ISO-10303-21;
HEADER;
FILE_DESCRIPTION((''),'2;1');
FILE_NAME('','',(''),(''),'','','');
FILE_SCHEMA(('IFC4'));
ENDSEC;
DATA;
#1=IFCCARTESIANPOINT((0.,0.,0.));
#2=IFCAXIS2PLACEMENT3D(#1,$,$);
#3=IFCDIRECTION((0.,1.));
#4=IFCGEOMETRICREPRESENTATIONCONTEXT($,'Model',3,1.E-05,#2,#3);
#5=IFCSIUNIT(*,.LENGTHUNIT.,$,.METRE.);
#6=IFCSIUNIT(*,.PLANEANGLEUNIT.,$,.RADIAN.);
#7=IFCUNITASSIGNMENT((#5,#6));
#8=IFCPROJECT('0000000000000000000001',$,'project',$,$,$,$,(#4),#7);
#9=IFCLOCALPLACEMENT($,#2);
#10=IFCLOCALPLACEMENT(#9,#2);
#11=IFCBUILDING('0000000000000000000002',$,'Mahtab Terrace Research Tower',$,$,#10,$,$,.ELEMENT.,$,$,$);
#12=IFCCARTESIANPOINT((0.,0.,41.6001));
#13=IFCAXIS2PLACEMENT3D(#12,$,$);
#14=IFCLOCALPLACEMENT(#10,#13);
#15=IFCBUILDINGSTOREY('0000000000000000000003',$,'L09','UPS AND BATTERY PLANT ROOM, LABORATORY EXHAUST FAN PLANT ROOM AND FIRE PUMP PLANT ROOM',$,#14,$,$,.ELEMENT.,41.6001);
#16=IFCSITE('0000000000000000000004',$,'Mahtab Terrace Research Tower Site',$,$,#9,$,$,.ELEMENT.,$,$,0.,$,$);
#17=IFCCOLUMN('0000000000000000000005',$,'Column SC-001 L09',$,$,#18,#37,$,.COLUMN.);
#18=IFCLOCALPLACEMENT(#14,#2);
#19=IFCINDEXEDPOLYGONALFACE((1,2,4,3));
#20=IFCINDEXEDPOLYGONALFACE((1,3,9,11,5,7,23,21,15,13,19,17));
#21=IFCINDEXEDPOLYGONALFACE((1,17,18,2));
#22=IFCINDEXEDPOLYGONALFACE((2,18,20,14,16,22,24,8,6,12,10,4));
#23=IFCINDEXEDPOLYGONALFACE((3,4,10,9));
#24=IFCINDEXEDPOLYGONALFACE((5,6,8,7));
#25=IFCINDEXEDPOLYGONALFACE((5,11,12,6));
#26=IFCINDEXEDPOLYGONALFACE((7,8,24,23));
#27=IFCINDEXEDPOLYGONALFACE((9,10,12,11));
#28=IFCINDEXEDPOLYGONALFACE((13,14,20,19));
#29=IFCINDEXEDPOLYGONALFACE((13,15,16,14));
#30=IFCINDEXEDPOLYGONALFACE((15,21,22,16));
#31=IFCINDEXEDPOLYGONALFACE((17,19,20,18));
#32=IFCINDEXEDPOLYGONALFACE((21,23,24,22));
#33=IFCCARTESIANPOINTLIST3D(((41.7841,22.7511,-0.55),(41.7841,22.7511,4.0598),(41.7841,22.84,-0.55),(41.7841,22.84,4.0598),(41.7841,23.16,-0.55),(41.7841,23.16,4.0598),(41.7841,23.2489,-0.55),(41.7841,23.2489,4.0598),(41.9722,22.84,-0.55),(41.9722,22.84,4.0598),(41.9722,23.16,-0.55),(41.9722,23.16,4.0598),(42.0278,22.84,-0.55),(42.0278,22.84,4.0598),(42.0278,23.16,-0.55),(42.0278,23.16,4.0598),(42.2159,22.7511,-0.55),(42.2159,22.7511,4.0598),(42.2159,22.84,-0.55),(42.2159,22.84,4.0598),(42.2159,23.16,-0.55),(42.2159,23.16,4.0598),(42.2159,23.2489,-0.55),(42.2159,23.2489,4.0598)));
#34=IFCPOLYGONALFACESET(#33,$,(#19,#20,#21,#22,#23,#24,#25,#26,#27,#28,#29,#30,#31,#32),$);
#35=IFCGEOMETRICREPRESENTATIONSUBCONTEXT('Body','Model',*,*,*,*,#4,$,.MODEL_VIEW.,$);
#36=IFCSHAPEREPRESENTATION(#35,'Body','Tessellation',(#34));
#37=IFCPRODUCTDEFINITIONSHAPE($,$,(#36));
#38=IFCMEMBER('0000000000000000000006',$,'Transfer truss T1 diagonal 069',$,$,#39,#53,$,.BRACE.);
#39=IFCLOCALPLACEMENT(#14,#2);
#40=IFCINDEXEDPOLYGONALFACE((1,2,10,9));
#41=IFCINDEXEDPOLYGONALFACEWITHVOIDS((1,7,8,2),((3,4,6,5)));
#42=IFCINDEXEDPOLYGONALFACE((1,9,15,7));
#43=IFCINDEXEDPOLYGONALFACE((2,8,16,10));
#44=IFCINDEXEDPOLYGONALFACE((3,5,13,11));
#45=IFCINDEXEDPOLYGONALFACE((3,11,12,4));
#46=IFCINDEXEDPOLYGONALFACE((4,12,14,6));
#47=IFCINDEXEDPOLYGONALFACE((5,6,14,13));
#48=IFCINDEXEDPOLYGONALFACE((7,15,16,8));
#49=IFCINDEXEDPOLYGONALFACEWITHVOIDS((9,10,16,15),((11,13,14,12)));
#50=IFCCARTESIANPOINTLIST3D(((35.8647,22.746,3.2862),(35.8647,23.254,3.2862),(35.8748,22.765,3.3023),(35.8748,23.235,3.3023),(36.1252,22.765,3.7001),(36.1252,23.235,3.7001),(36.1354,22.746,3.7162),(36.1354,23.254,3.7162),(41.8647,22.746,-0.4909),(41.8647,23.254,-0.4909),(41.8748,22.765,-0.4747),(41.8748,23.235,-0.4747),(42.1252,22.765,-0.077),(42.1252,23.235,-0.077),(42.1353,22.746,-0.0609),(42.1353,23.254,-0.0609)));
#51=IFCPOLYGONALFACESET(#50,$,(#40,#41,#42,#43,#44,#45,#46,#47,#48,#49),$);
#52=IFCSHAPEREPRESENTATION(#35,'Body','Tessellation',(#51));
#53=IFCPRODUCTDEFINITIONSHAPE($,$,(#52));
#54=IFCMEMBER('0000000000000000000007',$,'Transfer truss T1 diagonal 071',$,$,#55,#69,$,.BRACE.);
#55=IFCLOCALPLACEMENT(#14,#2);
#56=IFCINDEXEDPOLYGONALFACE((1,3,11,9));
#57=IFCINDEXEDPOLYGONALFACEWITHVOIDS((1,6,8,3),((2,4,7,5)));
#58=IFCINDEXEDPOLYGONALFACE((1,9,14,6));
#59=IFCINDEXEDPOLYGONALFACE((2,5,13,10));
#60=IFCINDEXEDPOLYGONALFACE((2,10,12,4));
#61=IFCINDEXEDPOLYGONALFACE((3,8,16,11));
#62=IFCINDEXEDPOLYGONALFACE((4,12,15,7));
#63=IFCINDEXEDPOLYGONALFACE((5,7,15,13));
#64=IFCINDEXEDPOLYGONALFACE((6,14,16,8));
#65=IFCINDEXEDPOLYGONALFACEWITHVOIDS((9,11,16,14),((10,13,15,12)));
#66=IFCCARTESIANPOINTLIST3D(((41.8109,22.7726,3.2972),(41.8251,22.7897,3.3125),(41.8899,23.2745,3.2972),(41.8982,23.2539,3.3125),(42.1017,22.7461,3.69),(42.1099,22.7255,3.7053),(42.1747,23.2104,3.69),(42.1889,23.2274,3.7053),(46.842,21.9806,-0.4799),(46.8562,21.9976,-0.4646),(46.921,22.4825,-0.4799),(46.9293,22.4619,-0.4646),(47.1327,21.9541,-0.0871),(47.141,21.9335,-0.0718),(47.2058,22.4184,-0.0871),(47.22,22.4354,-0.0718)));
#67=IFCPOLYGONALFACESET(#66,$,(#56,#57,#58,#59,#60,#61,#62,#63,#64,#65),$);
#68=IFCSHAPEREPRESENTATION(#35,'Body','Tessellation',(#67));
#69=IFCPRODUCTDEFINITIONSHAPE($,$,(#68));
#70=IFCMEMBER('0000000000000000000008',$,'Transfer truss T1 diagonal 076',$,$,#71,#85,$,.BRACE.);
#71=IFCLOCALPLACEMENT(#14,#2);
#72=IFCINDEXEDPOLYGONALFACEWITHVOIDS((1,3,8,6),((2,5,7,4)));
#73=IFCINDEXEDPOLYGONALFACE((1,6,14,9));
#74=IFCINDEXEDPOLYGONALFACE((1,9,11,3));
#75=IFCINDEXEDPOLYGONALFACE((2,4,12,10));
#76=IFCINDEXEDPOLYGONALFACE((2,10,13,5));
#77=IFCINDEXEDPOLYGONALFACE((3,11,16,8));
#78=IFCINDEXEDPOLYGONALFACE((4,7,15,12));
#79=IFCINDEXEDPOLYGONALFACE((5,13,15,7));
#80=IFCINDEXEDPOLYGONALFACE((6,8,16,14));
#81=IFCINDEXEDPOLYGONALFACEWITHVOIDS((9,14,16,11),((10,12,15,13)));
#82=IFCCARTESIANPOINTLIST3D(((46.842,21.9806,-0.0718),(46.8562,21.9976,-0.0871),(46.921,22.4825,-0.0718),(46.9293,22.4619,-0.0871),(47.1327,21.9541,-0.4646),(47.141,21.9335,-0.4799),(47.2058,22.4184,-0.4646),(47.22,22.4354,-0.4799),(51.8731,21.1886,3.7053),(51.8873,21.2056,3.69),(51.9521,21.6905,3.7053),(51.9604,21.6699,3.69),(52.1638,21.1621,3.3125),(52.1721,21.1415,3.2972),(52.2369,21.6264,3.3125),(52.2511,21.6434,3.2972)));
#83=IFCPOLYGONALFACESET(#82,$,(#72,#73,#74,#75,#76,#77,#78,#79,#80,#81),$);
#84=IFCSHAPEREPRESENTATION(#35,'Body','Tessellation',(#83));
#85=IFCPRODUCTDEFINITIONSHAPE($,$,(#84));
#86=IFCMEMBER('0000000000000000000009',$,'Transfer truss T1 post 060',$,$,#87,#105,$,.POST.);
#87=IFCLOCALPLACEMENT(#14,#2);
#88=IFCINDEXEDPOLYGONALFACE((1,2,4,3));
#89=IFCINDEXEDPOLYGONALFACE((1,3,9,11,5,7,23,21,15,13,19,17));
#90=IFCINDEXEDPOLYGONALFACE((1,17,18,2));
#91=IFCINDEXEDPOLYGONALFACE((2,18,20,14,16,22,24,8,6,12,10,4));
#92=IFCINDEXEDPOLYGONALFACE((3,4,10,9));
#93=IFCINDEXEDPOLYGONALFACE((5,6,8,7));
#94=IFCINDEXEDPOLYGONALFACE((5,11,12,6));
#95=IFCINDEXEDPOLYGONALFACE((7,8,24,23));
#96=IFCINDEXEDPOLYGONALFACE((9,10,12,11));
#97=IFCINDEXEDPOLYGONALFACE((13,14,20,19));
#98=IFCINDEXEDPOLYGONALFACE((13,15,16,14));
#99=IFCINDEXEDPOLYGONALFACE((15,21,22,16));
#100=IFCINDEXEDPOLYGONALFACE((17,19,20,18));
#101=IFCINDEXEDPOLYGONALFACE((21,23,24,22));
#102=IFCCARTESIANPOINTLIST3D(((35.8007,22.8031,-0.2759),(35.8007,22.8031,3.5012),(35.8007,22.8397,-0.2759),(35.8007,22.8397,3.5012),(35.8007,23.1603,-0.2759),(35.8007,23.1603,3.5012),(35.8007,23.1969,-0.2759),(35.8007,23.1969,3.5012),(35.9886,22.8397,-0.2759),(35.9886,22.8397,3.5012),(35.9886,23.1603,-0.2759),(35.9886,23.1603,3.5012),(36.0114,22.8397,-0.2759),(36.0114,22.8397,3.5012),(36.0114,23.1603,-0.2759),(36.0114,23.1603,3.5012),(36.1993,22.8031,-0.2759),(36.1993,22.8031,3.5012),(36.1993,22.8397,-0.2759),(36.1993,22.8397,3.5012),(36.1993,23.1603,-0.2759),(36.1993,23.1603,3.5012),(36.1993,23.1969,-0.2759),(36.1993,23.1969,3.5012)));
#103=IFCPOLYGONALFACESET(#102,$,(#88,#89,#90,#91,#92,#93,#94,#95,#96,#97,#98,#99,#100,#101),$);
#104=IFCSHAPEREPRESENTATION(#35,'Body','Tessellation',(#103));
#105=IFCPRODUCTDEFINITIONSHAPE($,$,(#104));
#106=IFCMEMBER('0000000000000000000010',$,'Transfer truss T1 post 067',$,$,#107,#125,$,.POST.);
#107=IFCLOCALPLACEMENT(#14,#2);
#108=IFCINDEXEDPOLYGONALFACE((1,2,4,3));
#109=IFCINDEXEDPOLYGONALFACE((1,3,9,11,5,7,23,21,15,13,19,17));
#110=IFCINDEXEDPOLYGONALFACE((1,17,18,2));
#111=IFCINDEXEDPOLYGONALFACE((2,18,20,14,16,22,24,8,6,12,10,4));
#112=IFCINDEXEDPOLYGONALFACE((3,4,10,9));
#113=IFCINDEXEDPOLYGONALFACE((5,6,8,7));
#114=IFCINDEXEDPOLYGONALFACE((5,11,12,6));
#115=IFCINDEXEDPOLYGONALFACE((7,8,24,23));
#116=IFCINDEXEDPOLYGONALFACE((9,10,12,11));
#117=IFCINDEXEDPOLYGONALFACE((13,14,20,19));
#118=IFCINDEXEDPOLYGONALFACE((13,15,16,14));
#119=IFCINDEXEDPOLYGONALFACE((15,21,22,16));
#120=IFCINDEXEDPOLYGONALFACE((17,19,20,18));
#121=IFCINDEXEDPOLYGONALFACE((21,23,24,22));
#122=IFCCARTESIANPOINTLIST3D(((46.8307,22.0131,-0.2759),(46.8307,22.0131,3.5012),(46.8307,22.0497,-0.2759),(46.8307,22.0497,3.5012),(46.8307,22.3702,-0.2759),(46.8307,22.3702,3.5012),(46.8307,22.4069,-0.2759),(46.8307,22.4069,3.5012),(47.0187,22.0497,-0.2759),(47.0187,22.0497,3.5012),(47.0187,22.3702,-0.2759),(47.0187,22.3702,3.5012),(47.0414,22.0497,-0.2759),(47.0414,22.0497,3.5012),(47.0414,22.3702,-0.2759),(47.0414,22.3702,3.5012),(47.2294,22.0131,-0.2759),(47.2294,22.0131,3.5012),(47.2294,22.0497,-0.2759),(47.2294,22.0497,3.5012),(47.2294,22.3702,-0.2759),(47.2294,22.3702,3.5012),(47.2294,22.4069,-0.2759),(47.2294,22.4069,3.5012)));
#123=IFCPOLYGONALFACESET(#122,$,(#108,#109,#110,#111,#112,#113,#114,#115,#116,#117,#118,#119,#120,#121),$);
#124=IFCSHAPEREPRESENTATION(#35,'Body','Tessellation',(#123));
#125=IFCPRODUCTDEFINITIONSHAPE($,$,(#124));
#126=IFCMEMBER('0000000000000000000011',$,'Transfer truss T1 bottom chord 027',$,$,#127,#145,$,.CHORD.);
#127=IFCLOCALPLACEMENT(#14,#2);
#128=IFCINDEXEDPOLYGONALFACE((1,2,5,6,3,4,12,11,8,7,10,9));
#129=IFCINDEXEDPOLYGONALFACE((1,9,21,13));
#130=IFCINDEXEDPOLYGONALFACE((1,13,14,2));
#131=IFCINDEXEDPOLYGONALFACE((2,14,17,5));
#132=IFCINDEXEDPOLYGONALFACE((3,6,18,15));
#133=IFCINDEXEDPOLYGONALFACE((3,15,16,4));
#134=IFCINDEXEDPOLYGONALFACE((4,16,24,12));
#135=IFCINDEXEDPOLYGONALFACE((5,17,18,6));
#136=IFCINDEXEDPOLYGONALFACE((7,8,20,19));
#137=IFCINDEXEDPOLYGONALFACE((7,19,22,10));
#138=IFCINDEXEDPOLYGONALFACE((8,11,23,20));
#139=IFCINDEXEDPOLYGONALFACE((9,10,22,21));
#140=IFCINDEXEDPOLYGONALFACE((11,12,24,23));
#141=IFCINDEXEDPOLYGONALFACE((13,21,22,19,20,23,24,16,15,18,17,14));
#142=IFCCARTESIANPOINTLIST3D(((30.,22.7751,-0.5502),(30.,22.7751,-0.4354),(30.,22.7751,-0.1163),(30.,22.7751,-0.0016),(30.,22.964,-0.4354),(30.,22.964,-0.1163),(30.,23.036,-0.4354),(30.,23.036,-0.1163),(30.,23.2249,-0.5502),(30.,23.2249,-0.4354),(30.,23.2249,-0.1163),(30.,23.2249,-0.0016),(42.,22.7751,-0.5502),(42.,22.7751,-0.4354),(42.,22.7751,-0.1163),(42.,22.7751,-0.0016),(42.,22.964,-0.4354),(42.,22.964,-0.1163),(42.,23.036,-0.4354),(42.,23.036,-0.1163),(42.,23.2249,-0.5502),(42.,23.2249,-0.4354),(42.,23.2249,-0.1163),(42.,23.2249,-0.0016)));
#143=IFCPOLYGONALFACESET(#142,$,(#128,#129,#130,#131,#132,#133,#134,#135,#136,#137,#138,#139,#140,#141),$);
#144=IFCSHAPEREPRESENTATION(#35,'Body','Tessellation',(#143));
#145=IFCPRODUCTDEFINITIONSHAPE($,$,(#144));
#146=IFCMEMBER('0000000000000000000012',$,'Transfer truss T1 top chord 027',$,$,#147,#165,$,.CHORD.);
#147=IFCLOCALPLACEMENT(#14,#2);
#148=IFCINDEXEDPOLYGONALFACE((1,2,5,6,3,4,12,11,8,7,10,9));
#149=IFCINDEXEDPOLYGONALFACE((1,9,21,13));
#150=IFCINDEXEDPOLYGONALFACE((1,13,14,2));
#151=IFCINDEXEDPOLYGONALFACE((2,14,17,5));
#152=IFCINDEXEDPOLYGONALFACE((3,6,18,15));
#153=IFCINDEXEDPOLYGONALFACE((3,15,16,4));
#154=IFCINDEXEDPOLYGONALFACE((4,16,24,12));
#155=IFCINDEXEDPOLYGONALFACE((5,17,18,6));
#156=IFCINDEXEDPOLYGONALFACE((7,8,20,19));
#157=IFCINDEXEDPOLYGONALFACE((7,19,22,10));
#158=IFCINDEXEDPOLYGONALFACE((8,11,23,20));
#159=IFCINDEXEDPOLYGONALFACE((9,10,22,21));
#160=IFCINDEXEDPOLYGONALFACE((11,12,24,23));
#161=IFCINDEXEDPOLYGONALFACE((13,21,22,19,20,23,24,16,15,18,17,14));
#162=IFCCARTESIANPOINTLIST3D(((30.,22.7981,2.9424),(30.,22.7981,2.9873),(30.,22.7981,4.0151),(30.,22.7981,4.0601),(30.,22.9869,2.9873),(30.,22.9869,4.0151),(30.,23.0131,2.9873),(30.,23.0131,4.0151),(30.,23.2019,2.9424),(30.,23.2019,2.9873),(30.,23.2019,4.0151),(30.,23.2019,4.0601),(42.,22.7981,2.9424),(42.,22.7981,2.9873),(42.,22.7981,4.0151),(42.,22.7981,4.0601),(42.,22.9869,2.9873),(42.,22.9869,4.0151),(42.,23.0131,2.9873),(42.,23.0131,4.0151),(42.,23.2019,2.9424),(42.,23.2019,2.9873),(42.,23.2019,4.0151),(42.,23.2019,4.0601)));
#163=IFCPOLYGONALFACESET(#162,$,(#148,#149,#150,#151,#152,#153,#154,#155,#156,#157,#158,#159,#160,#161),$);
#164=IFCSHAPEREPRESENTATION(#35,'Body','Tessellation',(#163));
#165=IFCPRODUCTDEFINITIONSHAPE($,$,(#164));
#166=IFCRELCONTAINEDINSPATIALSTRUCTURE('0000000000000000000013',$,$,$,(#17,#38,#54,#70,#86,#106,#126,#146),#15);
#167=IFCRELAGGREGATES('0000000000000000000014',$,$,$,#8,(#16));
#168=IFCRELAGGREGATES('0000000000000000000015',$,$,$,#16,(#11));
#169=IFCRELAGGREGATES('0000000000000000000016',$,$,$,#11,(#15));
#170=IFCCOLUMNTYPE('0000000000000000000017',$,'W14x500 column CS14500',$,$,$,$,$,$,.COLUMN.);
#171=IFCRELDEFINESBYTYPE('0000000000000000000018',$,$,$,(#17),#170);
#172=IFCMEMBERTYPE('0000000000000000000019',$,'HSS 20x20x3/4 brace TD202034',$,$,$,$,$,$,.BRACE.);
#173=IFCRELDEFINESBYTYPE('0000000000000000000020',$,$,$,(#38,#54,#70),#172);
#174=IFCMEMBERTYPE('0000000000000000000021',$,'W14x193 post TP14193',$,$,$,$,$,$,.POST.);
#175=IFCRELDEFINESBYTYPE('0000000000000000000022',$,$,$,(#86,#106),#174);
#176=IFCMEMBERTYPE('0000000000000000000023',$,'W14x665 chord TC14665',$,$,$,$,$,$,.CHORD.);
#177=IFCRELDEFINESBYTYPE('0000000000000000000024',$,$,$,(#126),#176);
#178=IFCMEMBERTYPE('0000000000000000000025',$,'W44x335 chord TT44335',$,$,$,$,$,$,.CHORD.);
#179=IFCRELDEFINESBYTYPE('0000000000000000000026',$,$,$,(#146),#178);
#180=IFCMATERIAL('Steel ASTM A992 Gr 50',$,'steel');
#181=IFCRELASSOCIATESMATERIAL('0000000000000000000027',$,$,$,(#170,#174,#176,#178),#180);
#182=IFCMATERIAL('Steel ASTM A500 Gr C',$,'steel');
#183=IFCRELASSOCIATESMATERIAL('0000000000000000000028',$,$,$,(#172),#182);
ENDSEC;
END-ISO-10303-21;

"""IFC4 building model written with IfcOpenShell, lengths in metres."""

from ifc_helpers import new_model, si_unit, direction, frame, origin, origin_2d, place, context, subcontext, project, spatial, hollow_rectangle, i_section, extrude, material, material_profile, profile_set, type_object, element, save


model = new_model("IFC4")

# Units and contexts
model_context = context("Model", 3, precision=1e-05, world=origin(), true_north=direction((0.0, 1.0)))
body_context = subcontext(model_context, "Body", "Model", "MODEL_VIEW")
ifc_project = project(units=[si_unit("LENGTHUNIT", "METRE"), si_unit("PLANEANGLEUNIT", "RADIAN")], contexts=[model_context])

# Site, building, storey
site_placement = place(None, origin())
site = spatial("IfcSite", under=ifc_project, at=site_placement, Name="Mahtab Terrace Research Tower Site", CompositionType="ELEMENT", RefElevation=0.0)
building_placement = place(site_placement, origin())
building = spatial("IfcBuilding", under=site, at=building_placement, Name="Mahtab Terrace Research Tower", CompositionType="ELEMENT")
storey_placement = place(building_placement, frame((0.0, 0.0, 41.6001)))
storey = spatial("IfcBuildingStorey", under=building, at=storey_placement, Name="L09", Description="UPS AND BATTERY PLANT ROOM, LABORATORY EXHAUST FAN PLANT ROOM AND FIRE PUMP PLANT ROOM", CompositionType="ELEMENT", Elevation=41.6001)

# Column
ifc_material_1 = material(Name="Steel ASTM A992 Gr 50", Category="steel")
ifc_material_profile_1 = material_profile(ifc_material_1, i_section(OverallWidth=0.4319, OverallDepth=0.4978, WebThickness=0.0557, FlangeThickness=0.0889, at=origin_2d()), Name="W14X500")
ifc_profile_set_1 = profile_set([ifc_material_profile_1], Name="Steel ASTM A992 Gr 50")
column_type = type_object("IfcColumnType", Name="W14x500 column CS14500", PredefinedType="COLUMN", material=ifc_profile_set_1)
column_placement = place(storey_placement, frame((42.0, 23.0, -0.55), z_axis=(0.0, 0.0, 1.0), x_axis=(1.0, 0.0, 0.0)))
element("IfcColumn", 1, at=column_placement, inside=storey, type_object=column_type, Name="Column SC-001 L09", PredefinedType="COLUMN", context=body_context, shape_type="SweptSolid", body=[
    extrude(i_section(OverallWidth=0.4319, OverallDepth=0.4978, WebThickness=0.0557, FlangeThickness=0.0889, at=origin_2d()), origin(), (0.0, 0.0, 1.0), 4.6099),
])

# Members
ifc_material_2 = material(Name="Steel ASTM A500 Gr C", Category="steel")
ifc_material_profile_2 = material_profile(ifc_material_2, hollow_rectangle(XDim=0.5081, YDim=0.5081, WallThickness=0.019, at=origin_2d()), Name="HSS20X20X3/4")
ifc_profile_set_2 = profile_set([ifc_material_profile_2], Name="Steel ASTM A500 Gr C")
member_type_1 = type_object("IfcMemberType", Name="HSS 20x20x3/4 brace TD202034", PredefinedType="BRACE", material=ifc_profile_set_2)
member_1_placement = place(storey_placement, frame((42.0, 23.0, -0.2759), z_axis=(-0.846276, 0.0, 0.532745), x_axis=(0.0, -1.0, 0.0)))
element("IfcMember", 2, at=member_1_placement, inside=storey, type_object=member_type_1, Name="Transfer truss T1 diagonal 069", PredefinedType="BRACE", context=body_context, shape_type="SweptSolid", body=[
    extrude(hollow_rectangle(XDim=0.5081, YDim=0.5081, WallThickness=0.019, at=origin_2d()), origin(), (0.0, 0.0, 1.0), 7.0898),
])
for number, where, z_axis, x_axis, name in (
    (3, (47.031, 22.208, -0.2759), (-0.793444, 0.124906, 0.595689), (-0.155507, -0.987835, 0.0), "Transfer truss T1 diagonal 071"),
    (4, (47.031, 22.208, -0.2759), (0.793444, -0.124906, 0.595689), (0.155507, 0.987835, 0.0), "Transfer truss T1 diagonal 076"),
):
    element("IfcMember", number, at=place(storey_placement, frame(where, z_axis=z_axis, x_axis=x_axis)), inside=storey, type_object=member_type_1, Name=name, PredefinedType="BRACE", context=body_context, shape_type="SweptSolid", body=[
        extrude(hollow_rectangle(XDim=0.5081, YDim=0.5081, WallThickness=0.019, at=origin_2d()), origin(), (0.0, 0.0, 1.0), 6.3408),
    ])
ifc_material_profile_3 = material_profile(ifc_material_1, i_section(OverallWidth=0.3987, OverallDepth=0.3938, WebThickness=0.0227, FlangeThickness=0.0366, at=origin_2d()), Name="W14X193")
ifc_profile_set_3 = profile_set([ifc_material_profile_3], Name="Steel ASTM A992 Gr 50")
member_type_2 = type_object("IfcMemberType", Name="W14x193 post TP14193", PredefinedType="POST", material=ifc_profile_set_3)
for number, where, z_axis, x_axis, name in (
    (5, (36.0, 23.0, -0.2759), (0.0, 0.0, 1.0), (1.0, 0.0, 0.0), "Transfer truss T1 post 060"),
    (6, (47.03, 22.21, -0.2759), (0.0, 0.0, 1.0), (1.0, 0.0, 0.0), "Transfer truss T1 post 067"),
):
    element("IfcMember", number, at=place(storey_placement, frame(where, z_axis=z_axis, x_axis=x_axis)), inside=storey, type_object=member_type_2, Name=name, PredefinedType="POST", context=body_context, shape_type="SweptSolid", body=[
        extrude(i_section(OverallWidth=0.3987, OverallDepth=0.3938, WebThickness=0.0227, FlangeThickness=0.0366, at=origin_2d()), origin(), (0.0, 0.0, 1.0), 3.7771),
    ])
ifc_material_profile_4 = material_profile(ifc_material_1, i_section(OverallWidth=0.4497, OverallDepth=0.5486, WebThickness=0.072, FlangeThickness=0.1147, at=origin_2d()), Name="W14X665")
ifc_profile_set_4 = profile_set([ifc_material_profile_4], Name="Steel ASTM A992 Gr 50")
member_type_3 = type_object("IfcMemberType", Name="W14x665 chord TC14665", PredefinedType="CHORD", material=ifc_profile_set_4)
member_2_placement = place(storey_placement, frame((42.0, 23.0, -0.2759), z_axis=(-1.0, 0.0, 0.0), x_axis=(0.0, -1.0, 0.0)))
element("IfcMember", 7, at=member_2_placement, inside=storey, type_object=member_type_3, Name="Transfer truss T1 bottom chord 027", PredefinedType="CHORD", context=body_context, shape_type="SweptSolid", body=[
    extrude(i_section(OverallWidth=0.4497, OverallDepth=0.5486, WebThickness=0.072, FlangeThickness=0.1147, at=origin_2d()), origin(), (0.0, 0.0, 1.0), 12.0),
])
ifc_material_profile_5 = material_profile(ifc_material_1, i_section(OverallWidth=0.4038, OverallDepth=1.1177, WebThickness=0.0261, FlangeThickness=0.0449, at=origin_2d()), Name="W44X335")
ifc_profile_set_5 = profile_set([ifc_material_profile_5], Name="Steel ASTM A992 Gr 50")
member_type_4 = type_object("IfcMemberType", Name="W44x335 chord TT44335", PredefinedType="CHORD", material=ifc_profile_set_5)
member_3_placement = place(storey_placement, frame((42.0, 23.0, 3.5012), z_axis=(-1.0, 0.0, 0.0), x_axis=(0.0, -1.0, 0.0)))
element("IfcMember", 8, at=member_3_placement, inside=storey, type_object=member_type_4, Name="Transfer truss T1 top chord 027", PredefinedType="CHORD", context=body_context, shape_type="SweptSolid", body=[
    extrude(i_section(OverallWidth=0.4038, OverallDepth=1.1177, WebThickness=0.0261, FlangeThickness=0.0449, at=origin_2d()), origin(), (0.0, 0.0, 1.0), 12.0),
])

save(model, "model.ifc")
